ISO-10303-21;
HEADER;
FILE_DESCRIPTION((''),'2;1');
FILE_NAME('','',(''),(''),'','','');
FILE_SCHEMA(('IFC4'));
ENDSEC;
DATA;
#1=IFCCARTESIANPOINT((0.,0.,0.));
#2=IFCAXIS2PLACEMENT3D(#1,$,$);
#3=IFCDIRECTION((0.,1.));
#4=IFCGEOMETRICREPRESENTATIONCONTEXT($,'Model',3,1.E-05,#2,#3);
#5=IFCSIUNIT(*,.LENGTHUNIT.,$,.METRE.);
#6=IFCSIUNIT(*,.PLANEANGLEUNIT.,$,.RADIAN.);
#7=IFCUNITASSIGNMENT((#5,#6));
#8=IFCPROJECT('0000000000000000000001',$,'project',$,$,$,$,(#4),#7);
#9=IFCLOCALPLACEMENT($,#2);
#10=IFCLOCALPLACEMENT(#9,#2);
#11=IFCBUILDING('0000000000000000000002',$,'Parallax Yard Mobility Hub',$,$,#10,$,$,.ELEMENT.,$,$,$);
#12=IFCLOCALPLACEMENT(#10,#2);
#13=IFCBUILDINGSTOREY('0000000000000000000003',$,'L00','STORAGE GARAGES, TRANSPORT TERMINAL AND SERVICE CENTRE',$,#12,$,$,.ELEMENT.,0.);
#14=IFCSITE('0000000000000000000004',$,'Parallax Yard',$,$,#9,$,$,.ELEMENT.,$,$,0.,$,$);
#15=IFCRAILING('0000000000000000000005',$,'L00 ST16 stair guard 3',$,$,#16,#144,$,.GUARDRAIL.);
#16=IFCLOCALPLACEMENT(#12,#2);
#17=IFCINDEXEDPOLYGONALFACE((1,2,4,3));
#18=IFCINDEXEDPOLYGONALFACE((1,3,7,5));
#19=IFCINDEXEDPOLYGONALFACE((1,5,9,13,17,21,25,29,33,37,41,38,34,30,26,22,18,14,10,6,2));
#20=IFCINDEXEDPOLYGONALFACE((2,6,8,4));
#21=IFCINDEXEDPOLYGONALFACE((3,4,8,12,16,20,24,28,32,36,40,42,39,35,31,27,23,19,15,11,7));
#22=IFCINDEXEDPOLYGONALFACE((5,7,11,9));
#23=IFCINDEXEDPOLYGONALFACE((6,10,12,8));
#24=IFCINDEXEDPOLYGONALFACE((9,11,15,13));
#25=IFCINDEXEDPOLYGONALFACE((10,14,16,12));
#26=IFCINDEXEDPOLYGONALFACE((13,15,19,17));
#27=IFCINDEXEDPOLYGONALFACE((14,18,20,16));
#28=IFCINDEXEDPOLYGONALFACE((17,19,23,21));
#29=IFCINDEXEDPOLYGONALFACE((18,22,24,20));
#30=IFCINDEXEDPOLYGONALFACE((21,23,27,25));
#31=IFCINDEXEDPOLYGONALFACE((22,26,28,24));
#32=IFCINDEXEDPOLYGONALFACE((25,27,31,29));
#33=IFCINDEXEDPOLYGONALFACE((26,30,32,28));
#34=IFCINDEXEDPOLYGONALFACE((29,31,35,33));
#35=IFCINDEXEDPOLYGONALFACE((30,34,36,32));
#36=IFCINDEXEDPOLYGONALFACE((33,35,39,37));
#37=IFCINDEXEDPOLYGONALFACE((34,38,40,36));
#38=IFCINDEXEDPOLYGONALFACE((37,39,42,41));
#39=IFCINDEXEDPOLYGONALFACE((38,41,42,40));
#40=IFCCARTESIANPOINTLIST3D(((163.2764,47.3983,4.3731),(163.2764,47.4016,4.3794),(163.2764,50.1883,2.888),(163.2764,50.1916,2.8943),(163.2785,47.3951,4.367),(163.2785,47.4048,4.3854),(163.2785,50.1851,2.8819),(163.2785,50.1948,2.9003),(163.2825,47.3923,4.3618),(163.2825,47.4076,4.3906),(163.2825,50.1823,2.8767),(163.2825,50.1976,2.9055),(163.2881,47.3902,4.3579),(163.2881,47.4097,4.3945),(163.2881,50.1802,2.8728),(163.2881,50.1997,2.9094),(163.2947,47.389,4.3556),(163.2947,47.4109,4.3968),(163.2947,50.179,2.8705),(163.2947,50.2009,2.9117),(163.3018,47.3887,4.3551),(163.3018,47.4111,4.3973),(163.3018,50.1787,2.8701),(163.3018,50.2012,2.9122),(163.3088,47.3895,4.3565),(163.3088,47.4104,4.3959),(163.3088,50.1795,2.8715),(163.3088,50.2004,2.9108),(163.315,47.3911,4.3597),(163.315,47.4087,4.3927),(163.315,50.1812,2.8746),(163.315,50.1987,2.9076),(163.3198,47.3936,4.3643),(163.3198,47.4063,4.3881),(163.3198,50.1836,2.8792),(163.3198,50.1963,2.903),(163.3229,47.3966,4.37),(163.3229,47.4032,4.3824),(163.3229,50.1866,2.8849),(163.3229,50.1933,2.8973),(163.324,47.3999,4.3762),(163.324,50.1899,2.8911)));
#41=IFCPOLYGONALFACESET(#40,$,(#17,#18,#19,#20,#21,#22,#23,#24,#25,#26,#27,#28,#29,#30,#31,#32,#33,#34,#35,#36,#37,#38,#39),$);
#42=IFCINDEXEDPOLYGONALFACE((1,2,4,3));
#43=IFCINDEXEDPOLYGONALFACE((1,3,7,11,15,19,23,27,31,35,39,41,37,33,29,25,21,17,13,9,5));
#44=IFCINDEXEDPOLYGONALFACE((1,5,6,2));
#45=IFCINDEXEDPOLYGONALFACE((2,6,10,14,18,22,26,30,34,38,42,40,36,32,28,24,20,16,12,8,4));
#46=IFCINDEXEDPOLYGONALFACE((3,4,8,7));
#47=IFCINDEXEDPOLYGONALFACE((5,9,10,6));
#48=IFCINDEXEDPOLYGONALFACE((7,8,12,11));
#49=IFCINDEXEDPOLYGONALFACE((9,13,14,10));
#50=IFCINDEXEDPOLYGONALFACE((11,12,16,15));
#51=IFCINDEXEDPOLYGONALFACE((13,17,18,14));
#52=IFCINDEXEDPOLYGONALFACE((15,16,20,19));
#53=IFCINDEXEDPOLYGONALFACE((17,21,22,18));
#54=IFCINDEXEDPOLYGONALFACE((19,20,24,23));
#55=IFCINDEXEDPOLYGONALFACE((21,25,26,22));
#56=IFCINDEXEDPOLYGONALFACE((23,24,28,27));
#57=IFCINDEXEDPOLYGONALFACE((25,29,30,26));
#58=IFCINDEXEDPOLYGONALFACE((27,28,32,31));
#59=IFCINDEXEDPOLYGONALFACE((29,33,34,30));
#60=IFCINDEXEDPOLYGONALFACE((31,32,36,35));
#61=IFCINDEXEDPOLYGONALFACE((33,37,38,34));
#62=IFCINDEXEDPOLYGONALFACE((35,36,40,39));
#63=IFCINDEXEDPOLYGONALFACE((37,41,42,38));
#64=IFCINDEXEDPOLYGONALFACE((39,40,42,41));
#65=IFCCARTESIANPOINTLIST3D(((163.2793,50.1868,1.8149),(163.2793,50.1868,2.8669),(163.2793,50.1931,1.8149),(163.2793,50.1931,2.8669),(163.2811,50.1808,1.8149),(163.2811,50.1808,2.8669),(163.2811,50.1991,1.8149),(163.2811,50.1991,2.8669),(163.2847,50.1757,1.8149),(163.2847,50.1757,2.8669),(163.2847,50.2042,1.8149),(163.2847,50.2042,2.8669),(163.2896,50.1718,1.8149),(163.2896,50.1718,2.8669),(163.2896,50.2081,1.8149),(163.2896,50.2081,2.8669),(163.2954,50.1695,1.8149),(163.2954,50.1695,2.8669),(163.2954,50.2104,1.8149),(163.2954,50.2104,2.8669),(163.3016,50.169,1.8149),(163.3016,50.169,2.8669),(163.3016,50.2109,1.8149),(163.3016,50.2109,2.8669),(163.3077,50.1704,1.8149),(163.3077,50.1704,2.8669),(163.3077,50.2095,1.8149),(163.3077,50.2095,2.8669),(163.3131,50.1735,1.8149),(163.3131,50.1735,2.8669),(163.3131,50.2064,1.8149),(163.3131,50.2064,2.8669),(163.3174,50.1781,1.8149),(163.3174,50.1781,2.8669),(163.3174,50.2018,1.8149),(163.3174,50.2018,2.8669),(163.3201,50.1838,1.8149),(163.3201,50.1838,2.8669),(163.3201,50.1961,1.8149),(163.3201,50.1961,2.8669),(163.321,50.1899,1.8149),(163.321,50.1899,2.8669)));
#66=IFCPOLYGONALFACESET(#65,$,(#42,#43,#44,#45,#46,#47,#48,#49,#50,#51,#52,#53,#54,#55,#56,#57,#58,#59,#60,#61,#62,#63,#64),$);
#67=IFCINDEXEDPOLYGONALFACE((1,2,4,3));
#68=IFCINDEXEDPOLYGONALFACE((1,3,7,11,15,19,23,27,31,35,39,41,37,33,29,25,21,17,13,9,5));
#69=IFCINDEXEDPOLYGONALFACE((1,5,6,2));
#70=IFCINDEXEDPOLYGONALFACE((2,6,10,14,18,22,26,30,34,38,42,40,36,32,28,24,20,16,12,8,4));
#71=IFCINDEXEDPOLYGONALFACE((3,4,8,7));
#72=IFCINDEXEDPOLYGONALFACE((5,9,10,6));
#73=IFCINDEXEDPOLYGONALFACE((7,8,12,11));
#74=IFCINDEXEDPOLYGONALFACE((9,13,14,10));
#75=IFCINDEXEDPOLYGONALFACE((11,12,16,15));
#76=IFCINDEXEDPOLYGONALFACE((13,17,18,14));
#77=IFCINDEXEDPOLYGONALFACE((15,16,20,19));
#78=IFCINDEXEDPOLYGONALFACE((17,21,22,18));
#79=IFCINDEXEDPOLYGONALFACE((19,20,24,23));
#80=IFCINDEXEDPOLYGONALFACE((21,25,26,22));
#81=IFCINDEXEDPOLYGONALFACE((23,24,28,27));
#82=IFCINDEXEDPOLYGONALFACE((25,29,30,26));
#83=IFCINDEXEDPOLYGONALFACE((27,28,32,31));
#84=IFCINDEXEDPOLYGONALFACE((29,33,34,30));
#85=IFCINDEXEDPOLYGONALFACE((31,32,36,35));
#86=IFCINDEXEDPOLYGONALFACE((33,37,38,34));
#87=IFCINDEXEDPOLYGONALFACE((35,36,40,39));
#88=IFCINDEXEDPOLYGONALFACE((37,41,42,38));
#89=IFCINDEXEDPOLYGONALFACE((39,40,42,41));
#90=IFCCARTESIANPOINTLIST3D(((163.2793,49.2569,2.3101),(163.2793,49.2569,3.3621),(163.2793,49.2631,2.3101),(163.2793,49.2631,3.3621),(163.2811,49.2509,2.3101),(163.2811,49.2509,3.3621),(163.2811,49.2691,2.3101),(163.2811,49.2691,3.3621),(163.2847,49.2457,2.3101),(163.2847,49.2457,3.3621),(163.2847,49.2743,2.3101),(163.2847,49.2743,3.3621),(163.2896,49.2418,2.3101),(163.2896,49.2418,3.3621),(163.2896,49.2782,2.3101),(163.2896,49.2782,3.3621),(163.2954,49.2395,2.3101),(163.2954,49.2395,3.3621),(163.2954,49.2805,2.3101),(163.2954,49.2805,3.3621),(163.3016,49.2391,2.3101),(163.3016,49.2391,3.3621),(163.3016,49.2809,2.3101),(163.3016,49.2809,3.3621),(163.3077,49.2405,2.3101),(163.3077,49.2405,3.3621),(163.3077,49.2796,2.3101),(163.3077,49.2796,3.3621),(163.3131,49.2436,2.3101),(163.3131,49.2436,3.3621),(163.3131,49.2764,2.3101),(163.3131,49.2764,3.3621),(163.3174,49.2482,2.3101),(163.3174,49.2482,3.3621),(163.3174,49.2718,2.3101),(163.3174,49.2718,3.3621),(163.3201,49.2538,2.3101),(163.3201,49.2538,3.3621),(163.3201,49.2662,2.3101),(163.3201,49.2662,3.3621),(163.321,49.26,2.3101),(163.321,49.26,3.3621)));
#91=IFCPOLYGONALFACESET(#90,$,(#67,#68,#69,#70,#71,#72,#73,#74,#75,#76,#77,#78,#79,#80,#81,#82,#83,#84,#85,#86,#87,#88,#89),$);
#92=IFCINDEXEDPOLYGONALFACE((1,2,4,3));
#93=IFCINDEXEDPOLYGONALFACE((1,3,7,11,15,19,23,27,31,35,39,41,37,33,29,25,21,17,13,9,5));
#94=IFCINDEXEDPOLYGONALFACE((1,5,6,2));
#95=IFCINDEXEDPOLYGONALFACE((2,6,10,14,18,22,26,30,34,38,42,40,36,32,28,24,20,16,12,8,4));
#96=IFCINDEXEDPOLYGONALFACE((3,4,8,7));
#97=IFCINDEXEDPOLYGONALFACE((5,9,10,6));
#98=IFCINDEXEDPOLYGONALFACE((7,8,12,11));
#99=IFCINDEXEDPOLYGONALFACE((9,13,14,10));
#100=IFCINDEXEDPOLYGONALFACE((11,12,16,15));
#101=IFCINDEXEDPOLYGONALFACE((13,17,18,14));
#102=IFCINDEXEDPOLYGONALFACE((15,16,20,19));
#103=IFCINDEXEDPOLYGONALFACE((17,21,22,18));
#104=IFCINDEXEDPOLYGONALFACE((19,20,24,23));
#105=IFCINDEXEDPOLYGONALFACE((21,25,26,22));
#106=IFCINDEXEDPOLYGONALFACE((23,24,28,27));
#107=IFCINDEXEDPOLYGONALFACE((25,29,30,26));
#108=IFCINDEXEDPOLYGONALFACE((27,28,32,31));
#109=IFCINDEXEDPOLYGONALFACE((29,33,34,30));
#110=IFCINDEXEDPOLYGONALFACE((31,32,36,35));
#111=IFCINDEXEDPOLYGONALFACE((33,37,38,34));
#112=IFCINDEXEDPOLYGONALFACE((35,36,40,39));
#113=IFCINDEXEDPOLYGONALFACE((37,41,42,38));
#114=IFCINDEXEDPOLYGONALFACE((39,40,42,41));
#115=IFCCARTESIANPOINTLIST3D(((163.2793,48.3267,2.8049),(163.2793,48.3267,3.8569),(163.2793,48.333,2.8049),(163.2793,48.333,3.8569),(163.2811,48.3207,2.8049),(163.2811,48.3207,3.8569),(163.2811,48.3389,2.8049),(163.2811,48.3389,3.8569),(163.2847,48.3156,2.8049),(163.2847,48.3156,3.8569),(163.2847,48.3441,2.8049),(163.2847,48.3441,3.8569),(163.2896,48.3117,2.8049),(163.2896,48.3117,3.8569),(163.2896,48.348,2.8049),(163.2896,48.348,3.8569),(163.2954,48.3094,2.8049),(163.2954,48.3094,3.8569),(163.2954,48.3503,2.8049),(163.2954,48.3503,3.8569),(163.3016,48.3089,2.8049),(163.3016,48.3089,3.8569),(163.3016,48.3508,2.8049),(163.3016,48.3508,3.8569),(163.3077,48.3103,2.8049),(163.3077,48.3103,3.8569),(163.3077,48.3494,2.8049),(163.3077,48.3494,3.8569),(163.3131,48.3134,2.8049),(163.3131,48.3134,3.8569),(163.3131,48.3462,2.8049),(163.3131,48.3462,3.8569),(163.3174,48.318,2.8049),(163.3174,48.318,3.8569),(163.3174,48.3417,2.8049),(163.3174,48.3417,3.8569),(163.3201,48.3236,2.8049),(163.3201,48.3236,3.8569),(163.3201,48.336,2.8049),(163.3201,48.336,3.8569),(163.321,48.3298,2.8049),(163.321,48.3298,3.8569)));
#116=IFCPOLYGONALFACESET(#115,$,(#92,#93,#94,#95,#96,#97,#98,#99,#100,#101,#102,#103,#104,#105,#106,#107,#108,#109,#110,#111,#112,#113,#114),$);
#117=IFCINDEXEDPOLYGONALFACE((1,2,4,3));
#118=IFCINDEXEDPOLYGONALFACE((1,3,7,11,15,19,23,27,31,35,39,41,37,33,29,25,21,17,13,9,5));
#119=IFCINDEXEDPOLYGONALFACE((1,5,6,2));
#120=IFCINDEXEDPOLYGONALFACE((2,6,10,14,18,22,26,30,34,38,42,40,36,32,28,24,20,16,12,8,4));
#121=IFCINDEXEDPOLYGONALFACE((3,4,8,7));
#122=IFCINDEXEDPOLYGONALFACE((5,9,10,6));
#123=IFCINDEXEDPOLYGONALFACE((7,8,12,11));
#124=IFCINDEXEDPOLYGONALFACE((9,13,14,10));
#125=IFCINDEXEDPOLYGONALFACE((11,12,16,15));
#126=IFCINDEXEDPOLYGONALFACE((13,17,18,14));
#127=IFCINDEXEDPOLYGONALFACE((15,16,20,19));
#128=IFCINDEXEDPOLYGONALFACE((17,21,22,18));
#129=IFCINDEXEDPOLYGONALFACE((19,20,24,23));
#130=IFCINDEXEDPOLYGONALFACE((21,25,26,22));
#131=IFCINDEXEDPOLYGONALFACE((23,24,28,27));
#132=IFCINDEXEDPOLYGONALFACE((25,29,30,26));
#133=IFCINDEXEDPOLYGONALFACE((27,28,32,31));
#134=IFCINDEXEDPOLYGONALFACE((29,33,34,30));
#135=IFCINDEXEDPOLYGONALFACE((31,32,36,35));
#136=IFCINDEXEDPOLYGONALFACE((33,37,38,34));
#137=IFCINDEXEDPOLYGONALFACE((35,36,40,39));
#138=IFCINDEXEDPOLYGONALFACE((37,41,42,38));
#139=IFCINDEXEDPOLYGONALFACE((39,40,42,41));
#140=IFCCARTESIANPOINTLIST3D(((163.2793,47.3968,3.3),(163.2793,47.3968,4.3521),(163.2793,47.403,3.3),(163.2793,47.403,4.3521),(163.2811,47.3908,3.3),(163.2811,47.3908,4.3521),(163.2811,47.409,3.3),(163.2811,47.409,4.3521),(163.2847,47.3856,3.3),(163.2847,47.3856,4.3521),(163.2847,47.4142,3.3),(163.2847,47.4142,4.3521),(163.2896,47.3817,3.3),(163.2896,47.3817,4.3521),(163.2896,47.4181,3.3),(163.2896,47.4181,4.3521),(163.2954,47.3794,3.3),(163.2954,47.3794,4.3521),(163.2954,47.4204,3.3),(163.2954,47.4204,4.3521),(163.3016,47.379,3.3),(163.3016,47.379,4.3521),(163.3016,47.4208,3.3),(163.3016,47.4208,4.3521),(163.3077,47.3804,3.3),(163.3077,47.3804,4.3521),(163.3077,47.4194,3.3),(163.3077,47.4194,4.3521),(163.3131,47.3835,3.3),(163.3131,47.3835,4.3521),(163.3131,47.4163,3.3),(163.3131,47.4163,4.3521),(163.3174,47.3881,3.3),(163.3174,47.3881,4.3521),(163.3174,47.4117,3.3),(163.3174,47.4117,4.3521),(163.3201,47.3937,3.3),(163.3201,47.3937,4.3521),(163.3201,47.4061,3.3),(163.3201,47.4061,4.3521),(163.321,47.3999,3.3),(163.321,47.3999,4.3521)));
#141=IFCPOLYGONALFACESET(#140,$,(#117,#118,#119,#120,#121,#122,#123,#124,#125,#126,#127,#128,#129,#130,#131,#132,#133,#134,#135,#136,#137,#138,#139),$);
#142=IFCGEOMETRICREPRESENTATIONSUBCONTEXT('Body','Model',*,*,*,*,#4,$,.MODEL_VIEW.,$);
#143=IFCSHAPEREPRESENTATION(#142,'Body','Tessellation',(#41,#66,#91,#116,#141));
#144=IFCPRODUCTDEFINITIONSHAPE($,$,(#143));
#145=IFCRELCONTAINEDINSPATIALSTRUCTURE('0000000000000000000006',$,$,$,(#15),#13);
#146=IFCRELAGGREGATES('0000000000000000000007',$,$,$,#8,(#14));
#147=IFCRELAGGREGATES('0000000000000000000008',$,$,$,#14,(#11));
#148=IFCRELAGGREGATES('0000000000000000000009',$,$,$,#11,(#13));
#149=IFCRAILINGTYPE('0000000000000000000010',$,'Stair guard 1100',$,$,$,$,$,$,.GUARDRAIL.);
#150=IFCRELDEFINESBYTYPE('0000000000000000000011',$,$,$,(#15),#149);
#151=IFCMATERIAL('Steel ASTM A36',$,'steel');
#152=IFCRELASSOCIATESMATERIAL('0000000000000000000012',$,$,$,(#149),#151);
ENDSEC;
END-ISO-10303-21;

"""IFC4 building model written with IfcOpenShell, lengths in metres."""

from ifc_helpers import new_model, si_unit, direction, frame, origin, origin_2d, place, context, subcontext, project, spatial, circle, extrude, material, type_object, element, save


model = new_model("IFC4")

# Units and contexts
model_context = context("Model", 3, precision=1e-05, world=origin(), true_north=direction((0.0, 1.0)))
body_context = subcontext(model_context, "Body", "Model", "MODEL_VIEW")
ifc_project = project(units=[si_unit("LENGTHUNIT", "METRE"), si_unit("PLANEANGLEUNIT", "RADIAN")], contexts=[model_context])

# Site, building, storey
site_placement = place(None, origin())
site = spatial("IfcSite", under=ifc_project, at=site_placement, Name="Parallax Yard", CompositionType="ELEMENT", RefElevation=0.0)
building_placement = place(site_placement, origin())
building = spatial("IfcBuilding", under=site, at=building_placement, Name="Parallax Yard Mobility Hub", CompositionType="ELEMENT")
storey_placement = place(building_placement, origin())
storey = spatial("IfcBuildingStorey", under=building, at=storey_placement, Name="L00", Description="STORAGE GARAGES, TRANSPORT TERMINAL AND SERVICE CENTRE", CompositionType="ELEMENT", Elevation=0.0)

# Railing
ifc_material_1 = material(Name="Steel ASTM A36", Category="steel")
railing_type_1 = type_object("IfcRailingType", Name="Stair guard 1100", PredefinedType="GUARDRAIL", material=ifc_material_1)
railing_1_placement = place(storey_placement, frame((163.3, 50.1899, 1.8149)))
element("IfcRailing", 1, at=railing_1_placement, inside=storey, type_object=railing_type_1, Name="L00 ST16 stair guard 3", PredefinedType="GUARDRAIL", context=body_context, shape_type="SweptSolid", body=[
    extrude(circle(Radius=0.0239, at=origin_2d()), frame((0.0, 0.0, 1.0762), z_axis=(0.0, -0.882735, 0.46987), x_axis=(1.0, 0.0, 0.0)), (0.0, 0.0, 1.0), 3.1606),
    extrude(circle(Radius=0.021, at=origin_2d()), origin(), (0.0, 0.0, 1.0), 1.052),
    extrude(circle(Radius=0.021, at=origin_2d()), frame((0.0, -0.9299, 0.4951)), (0.0, 0.0, 1.0), 1.052),
    extrude(circle(Radius=0.021, at=origin_2d()), frame((0.0, -1.8601, 0.99)), (0.0, 0.0, 1.0), 1.052),
    extrude(circle(Radius=0.021, at=origin_2d()), frame((0.0, -2.79, 1.4851)), (0.0, 0.0, 1.0), 1.052),
])

save(model, "model.ifc")
